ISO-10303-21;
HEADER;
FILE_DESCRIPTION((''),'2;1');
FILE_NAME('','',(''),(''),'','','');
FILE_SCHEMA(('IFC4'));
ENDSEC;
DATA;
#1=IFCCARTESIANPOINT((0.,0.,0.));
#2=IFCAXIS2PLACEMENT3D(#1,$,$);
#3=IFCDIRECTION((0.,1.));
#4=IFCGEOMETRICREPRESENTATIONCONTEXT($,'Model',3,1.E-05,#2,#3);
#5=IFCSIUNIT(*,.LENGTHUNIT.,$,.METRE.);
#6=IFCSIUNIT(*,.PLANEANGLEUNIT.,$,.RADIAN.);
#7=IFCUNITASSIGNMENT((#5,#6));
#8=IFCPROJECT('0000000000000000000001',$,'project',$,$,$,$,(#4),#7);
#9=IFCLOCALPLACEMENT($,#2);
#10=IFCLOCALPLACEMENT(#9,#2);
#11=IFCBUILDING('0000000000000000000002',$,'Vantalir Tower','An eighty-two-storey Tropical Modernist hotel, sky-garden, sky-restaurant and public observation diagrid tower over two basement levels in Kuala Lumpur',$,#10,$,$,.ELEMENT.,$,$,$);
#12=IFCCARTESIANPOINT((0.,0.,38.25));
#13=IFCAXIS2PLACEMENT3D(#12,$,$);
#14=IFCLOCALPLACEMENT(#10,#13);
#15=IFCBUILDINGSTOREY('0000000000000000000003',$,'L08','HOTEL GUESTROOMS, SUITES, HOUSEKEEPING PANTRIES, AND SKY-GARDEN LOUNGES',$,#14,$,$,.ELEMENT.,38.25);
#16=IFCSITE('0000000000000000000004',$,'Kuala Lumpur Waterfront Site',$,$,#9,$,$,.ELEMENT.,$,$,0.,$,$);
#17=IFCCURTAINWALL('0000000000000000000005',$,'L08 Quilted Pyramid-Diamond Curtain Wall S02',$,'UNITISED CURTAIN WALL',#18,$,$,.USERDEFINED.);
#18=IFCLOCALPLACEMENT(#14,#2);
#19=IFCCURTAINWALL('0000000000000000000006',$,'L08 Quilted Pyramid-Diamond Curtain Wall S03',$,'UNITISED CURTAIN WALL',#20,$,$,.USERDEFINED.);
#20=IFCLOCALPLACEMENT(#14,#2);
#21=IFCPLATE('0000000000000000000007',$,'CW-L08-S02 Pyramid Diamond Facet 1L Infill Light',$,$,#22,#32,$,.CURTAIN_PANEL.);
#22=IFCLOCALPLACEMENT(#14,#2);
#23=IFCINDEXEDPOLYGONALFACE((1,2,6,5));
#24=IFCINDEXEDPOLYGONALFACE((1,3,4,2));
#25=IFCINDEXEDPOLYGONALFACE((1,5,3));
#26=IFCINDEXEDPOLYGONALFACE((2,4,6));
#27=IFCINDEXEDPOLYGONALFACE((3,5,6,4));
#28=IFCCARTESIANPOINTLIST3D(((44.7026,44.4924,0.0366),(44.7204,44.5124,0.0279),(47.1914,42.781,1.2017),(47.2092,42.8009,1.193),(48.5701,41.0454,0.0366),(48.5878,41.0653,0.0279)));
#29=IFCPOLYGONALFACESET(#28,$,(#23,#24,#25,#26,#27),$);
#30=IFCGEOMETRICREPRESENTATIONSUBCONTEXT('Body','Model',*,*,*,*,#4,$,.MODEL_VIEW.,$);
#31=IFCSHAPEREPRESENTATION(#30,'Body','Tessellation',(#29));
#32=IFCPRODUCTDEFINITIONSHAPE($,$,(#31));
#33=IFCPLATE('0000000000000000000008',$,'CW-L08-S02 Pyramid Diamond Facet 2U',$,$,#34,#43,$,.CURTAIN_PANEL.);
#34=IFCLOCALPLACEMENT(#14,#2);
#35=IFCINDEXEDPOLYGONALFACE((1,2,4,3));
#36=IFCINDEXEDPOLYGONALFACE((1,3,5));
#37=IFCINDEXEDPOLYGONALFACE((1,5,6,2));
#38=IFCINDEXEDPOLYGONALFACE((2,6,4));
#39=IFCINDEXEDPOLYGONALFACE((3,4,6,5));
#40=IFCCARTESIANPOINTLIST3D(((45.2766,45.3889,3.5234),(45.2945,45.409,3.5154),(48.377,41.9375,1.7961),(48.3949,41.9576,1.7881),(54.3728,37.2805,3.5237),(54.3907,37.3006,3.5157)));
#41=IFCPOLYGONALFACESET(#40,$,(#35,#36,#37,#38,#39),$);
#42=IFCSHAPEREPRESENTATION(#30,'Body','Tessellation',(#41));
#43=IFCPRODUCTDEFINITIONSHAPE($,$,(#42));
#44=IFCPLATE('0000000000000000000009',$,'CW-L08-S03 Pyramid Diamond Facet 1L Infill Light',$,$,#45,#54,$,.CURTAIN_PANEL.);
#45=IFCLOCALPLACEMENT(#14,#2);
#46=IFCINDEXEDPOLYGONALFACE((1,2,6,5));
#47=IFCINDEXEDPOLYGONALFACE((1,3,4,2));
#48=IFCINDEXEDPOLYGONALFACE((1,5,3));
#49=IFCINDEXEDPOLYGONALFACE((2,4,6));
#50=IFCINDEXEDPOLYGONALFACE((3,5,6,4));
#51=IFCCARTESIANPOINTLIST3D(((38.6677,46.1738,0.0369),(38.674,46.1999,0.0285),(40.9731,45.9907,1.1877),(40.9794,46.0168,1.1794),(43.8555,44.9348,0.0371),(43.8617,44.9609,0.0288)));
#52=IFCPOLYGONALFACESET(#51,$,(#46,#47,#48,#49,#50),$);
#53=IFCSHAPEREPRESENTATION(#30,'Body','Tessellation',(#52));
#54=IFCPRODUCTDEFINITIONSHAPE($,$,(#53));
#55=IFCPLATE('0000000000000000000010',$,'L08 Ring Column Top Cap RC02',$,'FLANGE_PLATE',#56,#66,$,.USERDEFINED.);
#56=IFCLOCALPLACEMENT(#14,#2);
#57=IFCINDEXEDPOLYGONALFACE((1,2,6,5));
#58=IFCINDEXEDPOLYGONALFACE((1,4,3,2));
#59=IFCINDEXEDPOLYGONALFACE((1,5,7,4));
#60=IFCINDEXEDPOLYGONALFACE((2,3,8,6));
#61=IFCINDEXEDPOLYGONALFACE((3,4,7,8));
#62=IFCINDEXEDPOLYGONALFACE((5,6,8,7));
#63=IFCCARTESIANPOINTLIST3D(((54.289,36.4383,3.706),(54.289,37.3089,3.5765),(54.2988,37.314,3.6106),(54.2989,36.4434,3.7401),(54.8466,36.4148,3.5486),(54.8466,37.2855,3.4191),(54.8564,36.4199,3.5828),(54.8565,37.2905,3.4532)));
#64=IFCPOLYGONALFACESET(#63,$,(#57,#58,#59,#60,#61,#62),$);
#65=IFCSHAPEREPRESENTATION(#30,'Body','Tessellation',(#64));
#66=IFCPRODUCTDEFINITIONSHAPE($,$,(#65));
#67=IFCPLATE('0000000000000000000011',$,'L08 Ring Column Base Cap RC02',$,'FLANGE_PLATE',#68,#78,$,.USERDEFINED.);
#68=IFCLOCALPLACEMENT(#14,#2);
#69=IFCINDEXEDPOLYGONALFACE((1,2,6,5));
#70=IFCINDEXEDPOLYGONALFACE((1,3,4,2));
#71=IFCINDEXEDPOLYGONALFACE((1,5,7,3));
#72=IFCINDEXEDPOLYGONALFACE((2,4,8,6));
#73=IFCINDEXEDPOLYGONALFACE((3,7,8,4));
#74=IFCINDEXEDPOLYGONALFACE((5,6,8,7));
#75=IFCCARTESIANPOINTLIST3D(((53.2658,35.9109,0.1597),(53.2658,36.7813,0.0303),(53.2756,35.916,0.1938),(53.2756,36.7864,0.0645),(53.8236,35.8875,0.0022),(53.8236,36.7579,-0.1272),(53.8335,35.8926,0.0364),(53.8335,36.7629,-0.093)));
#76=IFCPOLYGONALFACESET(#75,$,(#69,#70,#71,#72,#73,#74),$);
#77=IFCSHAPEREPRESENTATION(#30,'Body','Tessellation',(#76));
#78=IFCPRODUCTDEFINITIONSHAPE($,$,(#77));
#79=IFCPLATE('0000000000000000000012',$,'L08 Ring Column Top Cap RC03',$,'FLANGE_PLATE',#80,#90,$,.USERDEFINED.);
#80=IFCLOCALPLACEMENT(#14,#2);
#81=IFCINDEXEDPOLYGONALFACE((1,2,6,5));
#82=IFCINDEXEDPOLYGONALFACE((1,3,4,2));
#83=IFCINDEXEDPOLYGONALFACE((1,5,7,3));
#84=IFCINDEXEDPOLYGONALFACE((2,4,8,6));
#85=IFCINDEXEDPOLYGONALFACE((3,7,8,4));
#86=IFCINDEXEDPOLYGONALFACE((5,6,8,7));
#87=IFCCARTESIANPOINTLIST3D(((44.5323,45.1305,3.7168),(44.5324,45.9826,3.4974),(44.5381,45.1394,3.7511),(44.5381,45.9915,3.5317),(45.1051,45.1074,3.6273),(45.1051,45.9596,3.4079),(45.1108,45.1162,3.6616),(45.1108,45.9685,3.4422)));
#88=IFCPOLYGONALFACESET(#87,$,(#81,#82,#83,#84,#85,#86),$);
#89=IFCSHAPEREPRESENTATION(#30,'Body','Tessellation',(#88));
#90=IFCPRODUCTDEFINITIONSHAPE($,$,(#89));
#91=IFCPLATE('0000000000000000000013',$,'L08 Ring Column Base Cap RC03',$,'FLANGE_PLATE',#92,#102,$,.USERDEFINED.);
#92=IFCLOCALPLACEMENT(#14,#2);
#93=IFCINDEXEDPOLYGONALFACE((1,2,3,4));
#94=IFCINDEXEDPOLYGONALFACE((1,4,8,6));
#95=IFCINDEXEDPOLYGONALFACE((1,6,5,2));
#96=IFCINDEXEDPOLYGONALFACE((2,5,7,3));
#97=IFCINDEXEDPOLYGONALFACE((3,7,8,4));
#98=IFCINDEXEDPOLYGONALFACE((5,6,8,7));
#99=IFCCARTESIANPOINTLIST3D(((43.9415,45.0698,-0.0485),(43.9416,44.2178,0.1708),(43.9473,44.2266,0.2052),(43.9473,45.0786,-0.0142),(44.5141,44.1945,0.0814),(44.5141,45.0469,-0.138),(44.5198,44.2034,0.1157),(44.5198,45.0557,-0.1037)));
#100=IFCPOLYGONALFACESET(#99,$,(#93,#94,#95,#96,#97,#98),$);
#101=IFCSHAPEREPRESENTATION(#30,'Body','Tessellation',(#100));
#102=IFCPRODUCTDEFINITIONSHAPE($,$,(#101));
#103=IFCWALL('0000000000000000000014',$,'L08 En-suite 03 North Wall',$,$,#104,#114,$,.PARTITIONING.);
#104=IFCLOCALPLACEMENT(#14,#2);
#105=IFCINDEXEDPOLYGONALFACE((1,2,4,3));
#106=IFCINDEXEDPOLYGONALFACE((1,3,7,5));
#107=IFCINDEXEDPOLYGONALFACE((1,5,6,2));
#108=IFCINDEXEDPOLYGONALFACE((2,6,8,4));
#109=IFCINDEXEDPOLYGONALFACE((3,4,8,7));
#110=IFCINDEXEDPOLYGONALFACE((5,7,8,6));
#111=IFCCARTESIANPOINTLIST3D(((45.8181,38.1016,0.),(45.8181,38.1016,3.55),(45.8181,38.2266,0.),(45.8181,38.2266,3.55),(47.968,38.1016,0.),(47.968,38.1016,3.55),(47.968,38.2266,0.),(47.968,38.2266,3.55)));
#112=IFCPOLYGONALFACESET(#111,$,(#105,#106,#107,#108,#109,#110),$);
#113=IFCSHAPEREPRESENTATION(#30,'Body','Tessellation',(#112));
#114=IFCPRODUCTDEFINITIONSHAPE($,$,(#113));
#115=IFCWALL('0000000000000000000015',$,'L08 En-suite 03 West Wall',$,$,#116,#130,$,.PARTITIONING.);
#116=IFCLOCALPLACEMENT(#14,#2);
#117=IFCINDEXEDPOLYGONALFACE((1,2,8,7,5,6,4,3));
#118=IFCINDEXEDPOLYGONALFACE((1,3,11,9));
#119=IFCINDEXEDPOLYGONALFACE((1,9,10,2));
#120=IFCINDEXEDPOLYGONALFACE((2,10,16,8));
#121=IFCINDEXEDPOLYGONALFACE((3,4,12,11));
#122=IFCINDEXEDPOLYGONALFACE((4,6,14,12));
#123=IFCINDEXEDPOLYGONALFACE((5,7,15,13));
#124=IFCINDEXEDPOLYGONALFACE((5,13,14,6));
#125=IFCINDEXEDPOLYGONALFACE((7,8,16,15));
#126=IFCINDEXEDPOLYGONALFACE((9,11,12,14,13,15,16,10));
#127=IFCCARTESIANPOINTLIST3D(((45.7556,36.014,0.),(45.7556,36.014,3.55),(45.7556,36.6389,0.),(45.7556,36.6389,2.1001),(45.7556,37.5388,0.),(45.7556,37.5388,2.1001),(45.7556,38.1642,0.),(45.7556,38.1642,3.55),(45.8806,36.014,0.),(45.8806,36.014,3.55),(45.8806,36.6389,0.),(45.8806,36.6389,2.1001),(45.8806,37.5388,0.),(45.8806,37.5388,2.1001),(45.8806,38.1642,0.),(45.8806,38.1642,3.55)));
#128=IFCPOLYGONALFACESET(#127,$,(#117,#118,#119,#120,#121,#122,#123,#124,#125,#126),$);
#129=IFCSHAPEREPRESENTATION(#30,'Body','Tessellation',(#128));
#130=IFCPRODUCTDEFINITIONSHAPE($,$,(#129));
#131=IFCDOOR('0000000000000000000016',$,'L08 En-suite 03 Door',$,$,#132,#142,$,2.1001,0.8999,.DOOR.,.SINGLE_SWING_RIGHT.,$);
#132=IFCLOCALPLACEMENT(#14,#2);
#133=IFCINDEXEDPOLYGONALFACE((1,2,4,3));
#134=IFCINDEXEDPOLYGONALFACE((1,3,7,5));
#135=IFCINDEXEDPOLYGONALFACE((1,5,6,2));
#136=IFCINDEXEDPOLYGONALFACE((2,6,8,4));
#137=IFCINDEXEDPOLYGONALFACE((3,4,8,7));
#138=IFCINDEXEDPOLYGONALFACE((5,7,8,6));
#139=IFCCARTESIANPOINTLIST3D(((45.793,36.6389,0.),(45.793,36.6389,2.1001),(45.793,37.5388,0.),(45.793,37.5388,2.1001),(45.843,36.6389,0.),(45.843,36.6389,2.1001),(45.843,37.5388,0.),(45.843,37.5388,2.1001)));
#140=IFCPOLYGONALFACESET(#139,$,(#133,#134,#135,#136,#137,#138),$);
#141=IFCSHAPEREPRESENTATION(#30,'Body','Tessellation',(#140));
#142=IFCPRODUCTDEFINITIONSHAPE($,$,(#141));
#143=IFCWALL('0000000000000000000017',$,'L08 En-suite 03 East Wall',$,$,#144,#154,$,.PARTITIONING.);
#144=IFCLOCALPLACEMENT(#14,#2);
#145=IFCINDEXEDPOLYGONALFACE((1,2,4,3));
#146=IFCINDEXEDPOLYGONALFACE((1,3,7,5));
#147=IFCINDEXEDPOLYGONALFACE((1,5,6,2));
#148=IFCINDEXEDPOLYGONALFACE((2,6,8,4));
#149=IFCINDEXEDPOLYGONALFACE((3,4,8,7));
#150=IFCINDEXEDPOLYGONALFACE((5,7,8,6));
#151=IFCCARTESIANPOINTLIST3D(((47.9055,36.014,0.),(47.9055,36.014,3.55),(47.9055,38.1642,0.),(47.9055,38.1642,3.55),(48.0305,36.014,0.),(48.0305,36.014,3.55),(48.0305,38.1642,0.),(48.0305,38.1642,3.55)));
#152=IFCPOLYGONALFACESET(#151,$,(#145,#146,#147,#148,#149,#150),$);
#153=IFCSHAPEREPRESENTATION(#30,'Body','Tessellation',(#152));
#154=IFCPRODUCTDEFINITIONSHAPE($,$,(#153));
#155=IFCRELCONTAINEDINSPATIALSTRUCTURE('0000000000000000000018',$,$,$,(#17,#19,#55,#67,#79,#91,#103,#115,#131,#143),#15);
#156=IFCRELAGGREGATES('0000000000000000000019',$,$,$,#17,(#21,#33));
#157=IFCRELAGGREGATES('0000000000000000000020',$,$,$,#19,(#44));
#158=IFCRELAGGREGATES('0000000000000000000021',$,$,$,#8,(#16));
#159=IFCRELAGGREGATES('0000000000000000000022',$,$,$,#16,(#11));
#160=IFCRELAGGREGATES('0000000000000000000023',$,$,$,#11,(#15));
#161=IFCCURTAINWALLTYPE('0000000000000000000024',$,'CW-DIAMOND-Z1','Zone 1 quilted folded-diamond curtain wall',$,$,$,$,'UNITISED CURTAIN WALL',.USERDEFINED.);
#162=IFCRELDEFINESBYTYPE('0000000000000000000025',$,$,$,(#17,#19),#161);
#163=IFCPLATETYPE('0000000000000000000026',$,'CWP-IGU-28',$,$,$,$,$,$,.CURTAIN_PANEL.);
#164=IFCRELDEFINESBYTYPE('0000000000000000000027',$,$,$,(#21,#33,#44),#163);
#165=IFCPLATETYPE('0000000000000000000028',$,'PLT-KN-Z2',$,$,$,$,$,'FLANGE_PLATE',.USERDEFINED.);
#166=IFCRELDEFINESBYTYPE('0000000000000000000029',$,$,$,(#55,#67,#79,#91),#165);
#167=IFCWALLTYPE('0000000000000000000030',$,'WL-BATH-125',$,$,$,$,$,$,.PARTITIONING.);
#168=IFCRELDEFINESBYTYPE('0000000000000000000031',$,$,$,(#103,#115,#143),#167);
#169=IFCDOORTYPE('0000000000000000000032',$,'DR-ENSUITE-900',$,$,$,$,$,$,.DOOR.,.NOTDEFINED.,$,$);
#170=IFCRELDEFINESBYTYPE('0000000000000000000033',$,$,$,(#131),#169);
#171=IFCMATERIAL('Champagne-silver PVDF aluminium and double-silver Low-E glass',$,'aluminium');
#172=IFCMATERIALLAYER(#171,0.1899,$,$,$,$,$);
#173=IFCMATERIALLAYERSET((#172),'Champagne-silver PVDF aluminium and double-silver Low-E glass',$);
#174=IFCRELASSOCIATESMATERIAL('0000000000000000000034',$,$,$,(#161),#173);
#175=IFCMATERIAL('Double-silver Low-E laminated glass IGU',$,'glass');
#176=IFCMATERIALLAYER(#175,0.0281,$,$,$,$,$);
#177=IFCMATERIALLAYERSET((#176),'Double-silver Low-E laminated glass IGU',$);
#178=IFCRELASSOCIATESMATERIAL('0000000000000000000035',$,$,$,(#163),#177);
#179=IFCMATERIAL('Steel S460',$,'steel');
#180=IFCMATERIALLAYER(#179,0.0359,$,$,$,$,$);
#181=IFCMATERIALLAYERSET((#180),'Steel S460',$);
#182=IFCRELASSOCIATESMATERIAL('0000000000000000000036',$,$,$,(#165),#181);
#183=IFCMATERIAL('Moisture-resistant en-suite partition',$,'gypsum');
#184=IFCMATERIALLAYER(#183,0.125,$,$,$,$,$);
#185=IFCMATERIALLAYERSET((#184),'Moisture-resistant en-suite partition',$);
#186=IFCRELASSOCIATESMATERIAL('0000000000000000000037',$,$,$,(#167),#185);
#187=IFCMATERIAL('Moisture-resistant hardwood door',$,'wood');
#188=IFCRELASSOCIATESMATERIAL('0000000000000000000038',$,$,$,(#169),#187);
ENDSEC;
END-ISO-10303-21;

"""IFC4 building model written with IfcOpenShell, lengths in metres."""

from ifc_helpers import new_model, si_unit, direction, frame, frame_2d, origin, place, context, subcontext, project, spatial, polyline, rectangle, outline, extrude, material, layer, layer_set, type_object, element, fill, aggregate, save


model = new_model("IFC4")

# Units and contexts
model_context = context("Model", 3, precision=1e-05, world=origin(), true_north=direction((0.0, 1.0)))
body_context = subcontext(model_context, "Body", "Model", "MODEL_VIEW")
ifc_project = project(units=[si_unit("LENGTHUNIT", "METRE"), si_unit("PLANEANGLEUNIT", "RADIAN")], contexts=[model_context])

# Site, building, storey
site_placement = place(None, origin())
site = spatial("IfcSite", under=ifc_project, at=site_placement, Name="Kuala Lumpur Waterfront Site", CompositionType="ELEMENT", RefElevation=0.0)
building_placement = place(site_placement, origin())
building = spatial("IfcBuilding", under=site, at=building_placement, Name="Vantalir Tower", Description="An eighty-two-storey Tropical Modernist hotel, sky-garden, sky-restaurant and public observation diagrid tower over two basement levels in Kuala Lumpur", CompositionType="ELEMENT")
storey_placement = place(building_placement, frame((0.0, 0.0, 38.25)))
storey = spatial("IfcBuildingStorey", under=building, at=storey_placement, Name="L08", Description="HOTEL GUESTROOMS, SUITES, HOUSEKEEPING PANTRIES, AND SKY-GARDEN LOUNGES", CompositionType="ELEMENT", Elevation=38.25)

# Shared definitions
ifc_material_1 = material(Name="Steel S460", Category="steel")

# Curtain wall
ifc_material_2 = material(Name="Champagne-silver PVDF aluminium and double-silver Low-E glass", Category="aluminium")
ifc_layer_1 = layer(ifc_material_2, 0.1899)
ifc_layer_set_1 = layer_set([ifc_layer_1], Name="Champagne-silver PVDF aluminium and double-silver Low-E glass")
curtain_wall_type = type_object("IfcCurtainWallType", Name="CW-DIAMOND-Z1", Description="Zone 1 quilted folded-diamond curtain wall", ElementType="UNITISED CURTAIN WALL", PredefinedType="USERDEFINED", material=ifc_layer_set_1)
curtain_wall_1_placement = place(storey_placement, origin())
curtain_wall_1 = element("IfcCurtainWall", 1, at=curtain_wall_1_placement, inside=storey, type_object=curtain_wall_type, Name="L08 Quilted Pyramid-Diamond Curtain Wall S02", ObjectType="UNITISED CURTAIN WALL", PredefinedType="USERDEFINED")

# Curtain wall
curtain_wall_2_placement = place(storey_placement, origin())
curtain_wall_2 = element("IfcCurtainWall", 2, at=curtain_wall_2_placement, inside=storey, type_object=curtain_wall_type, Name="L08 Quilted Pyramid-Diamond Curtain Wall S03", ObjectType="UNITISED CURTAIN WALL", PredefinedType="USERDEFINED")

# Shared definitions
ifc_material_3 = material(Name="Double-silver Low-E laminated glass IGU", Category="glass")
ifc_layer_2 = layer(ifc_material_3, 0.0281)
ifc_layer_set_2 = layer_set([ifc_layer_2], Name="Double-silver Low-E laminated glass IGU")
plate_type_1 = type_object("IfcPlateType", Name="CWP-IGU-28", PredefinedType="CURTAIN_PANEL", material=ifc_layer_set_2)

# Plates
plate_1_placement = place(storey_placement, frame((48.5701, 41.0454, 0.0366), z_axis=(-0.632834, -0.710017, 0.308863), x_axis=(-0.746517, 0.665367, 0.0)))
plate_1 = element("IfcPlate", 3, at=plate_1_placement, type_object=plate_type_1, Name="CW-L08-S02 Pyramid Diamond Facet 1L Infill Light", PredefinedType="CURTAIN_PANEL", context=body_context, shape_type="SweptSolid", body=[
    extrude(outline(polyline([(0.0, 0.0), (5.1806, 0.0), (2.184, -1.2249), (0.0, 0.0)])), origin(), (0.0, 0.0, -1.0), 0.0281),
])
plate_2_placement = place(storey_placement, frame((45.2766, 45.3889, 3.5234), z_axis=(-0.637842, -0.715538, 0.28489), x_axis=(0.746476, -0.665413, 0.00002)))
plate_2 = element("IfcPlate", 4, at=plate_2_placement, type_object=plate_type_1, Name="CW-L08-S02 Pyramid Diamond Facet 2U", PredefinedType="CURTAIN_PANEL", context=body_context, shape_type="SweptSolid", body=[
    extrude(outline(polyline([(0.0, 0.0), (12.1855, 0.0), (4.6109, -1.8021), (0.0, 0.0)])), origin(), (0.0, 0.0, -1.0), 0.0281),
])
aggregate(curtain_wall_1, [plate_1, plate_2])
plate_3_placement = place(storey_placement, frame((43.8555, 44.9348, 0.0371), z_axis=(-0.221858, -0.928861, 0.29664), x_axis=(-0.972644, 0.232301, -0.000046)))
plate_3 = element("IfcPlate", 5, at=plate_3_placement, type_object=plate_type_1, Name="CW-L08-S03 Pyramid Diamond Facet 1L Infill Light", PredefinedType="CURTAIN_PANEL", context=body_context, shape_type="SweptSolid", body=[
    extrude(outline(polyline([(0.0, 0.0), (5.3337, 0.0), (3.0487, -1.205), (0.0, 0.0)])), origin(), (0.0, 0.0, -1.0), 0.0281),
])
aggregate(curtain_wall_2, [plate_3])

# Plates
ifc_layer_3 = layer(ifc_material_1, 0.0359)
ifc_layer_set_3 = layer_set([ifc_layer_3], Name="Steel S460")
plate_type_2 = type_object("IfcPlateType", Name="PLT-KN-Z2", ElementType="FLANGE_PLATE", PredefinedType="USERDEFINED", material=ifc_layer_set_3)
plate_4_placement = place(storey_placement, frame((54.2988, 37.314, 3.6106), z_axis=(0.274347, 0.141501, 0.951163), x_axis=(0.000036, -0.989116, 0.147137)))
element("IfcPlate", 6, at=plate_4_placement, inside=storey, type_object=plate_type_2, Name="L08 Ring Column Top Cap RC02", ObjectType="FLANGE_PLATE", PredefinedType="USERDEFINED", context=body_context, shape_type="SweptSolid", body=[
    extrude(outline(polyline([(0.0, 0.0), (0.8802, 0.0), (0.8802, 0.5798), (0.0, 0.5799), (0.0, 0.0)])), origin(), (0.0, 0.0, -1.0), 0.0359),
])
plate_5_placement = place(storey_placement, frame((53.2756, 36.7864, 0.0645), z_axis=(0.274428, 0.141406, 0.951154), x_axis=(0.0, -0.989129, 0.147051)))
element("IfcPlate", 7, at=plate_5_placement, inside=storey, type_object=plate_type_2, Name="L08 Ring Column Base Cap RC02", ObjectType="FLANGE_PLATE", PredefinedType="USERDEFINED", context=body_context, shape_type="SweptSolid", body=[
    extrude(outline(polyline([(0.0, 0.0), (0.8799, 0.0), (0.88, 0.5801), (0.0, 0.5801), (0.0, 0.0)])), origin(), (0.0, 0.0, -1.0), 0.0359),
])
plate_6_placement = place(storey_placement, frame((44.5381, 45.9915, 3.5317), z_axis=(0.159273, 0.246104, 0.956067), x_axis=(-0.000027, -0.968429, 0.249291)))
element("IfcPlate", 8, at=plate_6_placement, inside=storey, type_object=plate_type_2, Name="L08 Ring Column Top Cap RC03", ObjectType="FLANGE_PLATE", PredefinedType="USERDEFINED", context=body_context, shape_type="SweptSolid", body=[
    extrude(outline(polyline([(0.0, 0.0), (0.8799, 0.0), (0.88, 0.5802), (-0.0001, 0.5801), (0.0, 0.0)])), origin(), (0.0, 0.0, -1.0), 0.0359),
])
plate_7_placement = place(storey_placement, frame((43.9473, 45.0786, -0.0142), z_axis=(0.15934, 0.246101, 0.956057), x_axis=(0.000016, -0.96843, 0.249284)))
element("IfcPlate", 9, at=plate_7_placement, inside=storey, type_object=plate_type_2, Name="L08 Ring Column Base Cap RC03", ObjectType="FLANGE_PLATE", PredefinedType="USERDEFINED", context=body_context, shape_type="SweptSolid", body=[
    extrude(outline(polyline([(0.0, 0.0), (0.8798, 0.0), (0.88, 0.5799), (-0.0001, 0.5799), (0.0, 0.0)])), origin(), (0.0, 0.0, -1.0), 0.0359),
])

# Wall
ifc_material_4 = material(Name="Moisture-resistant en-suite partition", Category="gypsum")
ifc_layer_4 = layer(ifc_material_4, 0.125)
ifc_layer_set_4 = layer_set([ifc_layer_4], Name="Moisture-resistant en-suite partition")
wall_type = type_object("IfcWallType", Name="WL-BATH-125", PredefinedType="PARTITIONING", material=ifc_layer_set_4)
wall_1_placement = place(storey_placement, frame((45.8181, 38.1641, 0.0), z_axis=(0.0, 0.0, 1.0), x_axis=(1.0, 0.0, 0.0)))
element("IfcWall", 10, at=wall_1_placement, inside=storey, type_object=wall_type, Name="L08 En-suite 03 North Wall", PredefinedType="PARTITIONING", context=body_context, shape_type="SweptSolid", body=[
    extrude(rectangle(XDim=2.1499, YDim=0.125, at=frame_2d((1.075, 0.0))), origin(), (0.0, 0.0, 1.0), 3.55),
])

# Wall, opening, door
wall_2_placement = place(storey_placement, frame((45.8181, 36.0139, 0.0), z_axis=(0.0, 0.0, 1.0), x_axis=(0.0, 1.0, 0.0)))
wall_2 = element("IfcWall", 11, at=wall_2_placement, inside=storey, type_object=wall_type, Name="L08 En-suite 03 West Wall", PredefinedType="PARTITIONING", context=body_context, shape_type="SweptSolid", body=[
    extrude(rectangle(XDim=2.1501, YDim=0.125, at=frame_2d((1.0752, 0.0))), origin(), (0.0, 0.0, 1.0), 3.55),
])
opening_placement = place(wall_2_placement, frame((0.625, 0.0, 0.0)))
opening = element("IfcOpeningElement", 12, at=opening_placement, cuts=wall_2, PredefinedType="OPENING", context=body_context, shape_type="SweptSolid", body=[
    extrude(rectangle(XDim=0.8999, YDim=2.1001, at=frame_2d((0.45, 1.05))), frame((0.0, 0.0725, 0.0), z_axis=(0.0, -1.0, 0.0), x_axis=(1.0, 0.0, 0.0)), (0.0, 0.0, 1.0), 0.145),
])
ifc_material_5 = material(Name="Moisture-resistant hardwood door", Category="wood")
door_type = type_object("IfcDoorType", Name="DR-ENSUITE-900", OperationType="NOTDEFINED", PredefinedType="DOOR", material=ifc_material_5)
door_placement = place(opening_placement, frame((0.8999, 0.0, 0.0), z_axis=(0.0, 0.0, 1.0), x_axis=(-1.0, 0.0, 0.0)))
door = element("IfcDoor", 13, at=door_placement, inside=storey, type_object=door_type, Name="L08 En-suite 03 Door", OperationType="SINGLE_SWING_RIGHT", OverallHeight=2.1001, OverallWidth=0.8999, PredefinedType="DOOR", context=body_context, shape_type="SweptSolid", body=[
    extrude(rectangle(XDim=0.8999, YDim=2.1001, at=frame_2d((0.45, 1.05))), frame((0.0, 0.0249, 0.0), z_axis=(0.0, -1.0, 0.0), x_axis=(1.0, 0.0, 0.0)), (0.0, 0.0, 1.0), 0.05),
])
fill(opening, door)

# Wall
wall_3_placement = place(storey_placement, frame((47.968, 36.0139, 0.0), z_axis=(0.0, 0.0, 1.0), x_axis=(0.0, 1.0, 0.0)))
element("IfcWall", 14, at=wall_3_placement, inside=storey, type_object=wall_type, Name="L08 En-suite 03 East Wall", PredefinedType="PARTITIONING", context=body_context, shape_type="SweptSolid", body=[
    extrude(rectangle(XDim=2.1501, YDim=0.125, at=frame_2d((1.0752, 0.0))), origin(), (0.0, 0.0, 1.0), 3.55),
])

save(model, "model.ifc")
